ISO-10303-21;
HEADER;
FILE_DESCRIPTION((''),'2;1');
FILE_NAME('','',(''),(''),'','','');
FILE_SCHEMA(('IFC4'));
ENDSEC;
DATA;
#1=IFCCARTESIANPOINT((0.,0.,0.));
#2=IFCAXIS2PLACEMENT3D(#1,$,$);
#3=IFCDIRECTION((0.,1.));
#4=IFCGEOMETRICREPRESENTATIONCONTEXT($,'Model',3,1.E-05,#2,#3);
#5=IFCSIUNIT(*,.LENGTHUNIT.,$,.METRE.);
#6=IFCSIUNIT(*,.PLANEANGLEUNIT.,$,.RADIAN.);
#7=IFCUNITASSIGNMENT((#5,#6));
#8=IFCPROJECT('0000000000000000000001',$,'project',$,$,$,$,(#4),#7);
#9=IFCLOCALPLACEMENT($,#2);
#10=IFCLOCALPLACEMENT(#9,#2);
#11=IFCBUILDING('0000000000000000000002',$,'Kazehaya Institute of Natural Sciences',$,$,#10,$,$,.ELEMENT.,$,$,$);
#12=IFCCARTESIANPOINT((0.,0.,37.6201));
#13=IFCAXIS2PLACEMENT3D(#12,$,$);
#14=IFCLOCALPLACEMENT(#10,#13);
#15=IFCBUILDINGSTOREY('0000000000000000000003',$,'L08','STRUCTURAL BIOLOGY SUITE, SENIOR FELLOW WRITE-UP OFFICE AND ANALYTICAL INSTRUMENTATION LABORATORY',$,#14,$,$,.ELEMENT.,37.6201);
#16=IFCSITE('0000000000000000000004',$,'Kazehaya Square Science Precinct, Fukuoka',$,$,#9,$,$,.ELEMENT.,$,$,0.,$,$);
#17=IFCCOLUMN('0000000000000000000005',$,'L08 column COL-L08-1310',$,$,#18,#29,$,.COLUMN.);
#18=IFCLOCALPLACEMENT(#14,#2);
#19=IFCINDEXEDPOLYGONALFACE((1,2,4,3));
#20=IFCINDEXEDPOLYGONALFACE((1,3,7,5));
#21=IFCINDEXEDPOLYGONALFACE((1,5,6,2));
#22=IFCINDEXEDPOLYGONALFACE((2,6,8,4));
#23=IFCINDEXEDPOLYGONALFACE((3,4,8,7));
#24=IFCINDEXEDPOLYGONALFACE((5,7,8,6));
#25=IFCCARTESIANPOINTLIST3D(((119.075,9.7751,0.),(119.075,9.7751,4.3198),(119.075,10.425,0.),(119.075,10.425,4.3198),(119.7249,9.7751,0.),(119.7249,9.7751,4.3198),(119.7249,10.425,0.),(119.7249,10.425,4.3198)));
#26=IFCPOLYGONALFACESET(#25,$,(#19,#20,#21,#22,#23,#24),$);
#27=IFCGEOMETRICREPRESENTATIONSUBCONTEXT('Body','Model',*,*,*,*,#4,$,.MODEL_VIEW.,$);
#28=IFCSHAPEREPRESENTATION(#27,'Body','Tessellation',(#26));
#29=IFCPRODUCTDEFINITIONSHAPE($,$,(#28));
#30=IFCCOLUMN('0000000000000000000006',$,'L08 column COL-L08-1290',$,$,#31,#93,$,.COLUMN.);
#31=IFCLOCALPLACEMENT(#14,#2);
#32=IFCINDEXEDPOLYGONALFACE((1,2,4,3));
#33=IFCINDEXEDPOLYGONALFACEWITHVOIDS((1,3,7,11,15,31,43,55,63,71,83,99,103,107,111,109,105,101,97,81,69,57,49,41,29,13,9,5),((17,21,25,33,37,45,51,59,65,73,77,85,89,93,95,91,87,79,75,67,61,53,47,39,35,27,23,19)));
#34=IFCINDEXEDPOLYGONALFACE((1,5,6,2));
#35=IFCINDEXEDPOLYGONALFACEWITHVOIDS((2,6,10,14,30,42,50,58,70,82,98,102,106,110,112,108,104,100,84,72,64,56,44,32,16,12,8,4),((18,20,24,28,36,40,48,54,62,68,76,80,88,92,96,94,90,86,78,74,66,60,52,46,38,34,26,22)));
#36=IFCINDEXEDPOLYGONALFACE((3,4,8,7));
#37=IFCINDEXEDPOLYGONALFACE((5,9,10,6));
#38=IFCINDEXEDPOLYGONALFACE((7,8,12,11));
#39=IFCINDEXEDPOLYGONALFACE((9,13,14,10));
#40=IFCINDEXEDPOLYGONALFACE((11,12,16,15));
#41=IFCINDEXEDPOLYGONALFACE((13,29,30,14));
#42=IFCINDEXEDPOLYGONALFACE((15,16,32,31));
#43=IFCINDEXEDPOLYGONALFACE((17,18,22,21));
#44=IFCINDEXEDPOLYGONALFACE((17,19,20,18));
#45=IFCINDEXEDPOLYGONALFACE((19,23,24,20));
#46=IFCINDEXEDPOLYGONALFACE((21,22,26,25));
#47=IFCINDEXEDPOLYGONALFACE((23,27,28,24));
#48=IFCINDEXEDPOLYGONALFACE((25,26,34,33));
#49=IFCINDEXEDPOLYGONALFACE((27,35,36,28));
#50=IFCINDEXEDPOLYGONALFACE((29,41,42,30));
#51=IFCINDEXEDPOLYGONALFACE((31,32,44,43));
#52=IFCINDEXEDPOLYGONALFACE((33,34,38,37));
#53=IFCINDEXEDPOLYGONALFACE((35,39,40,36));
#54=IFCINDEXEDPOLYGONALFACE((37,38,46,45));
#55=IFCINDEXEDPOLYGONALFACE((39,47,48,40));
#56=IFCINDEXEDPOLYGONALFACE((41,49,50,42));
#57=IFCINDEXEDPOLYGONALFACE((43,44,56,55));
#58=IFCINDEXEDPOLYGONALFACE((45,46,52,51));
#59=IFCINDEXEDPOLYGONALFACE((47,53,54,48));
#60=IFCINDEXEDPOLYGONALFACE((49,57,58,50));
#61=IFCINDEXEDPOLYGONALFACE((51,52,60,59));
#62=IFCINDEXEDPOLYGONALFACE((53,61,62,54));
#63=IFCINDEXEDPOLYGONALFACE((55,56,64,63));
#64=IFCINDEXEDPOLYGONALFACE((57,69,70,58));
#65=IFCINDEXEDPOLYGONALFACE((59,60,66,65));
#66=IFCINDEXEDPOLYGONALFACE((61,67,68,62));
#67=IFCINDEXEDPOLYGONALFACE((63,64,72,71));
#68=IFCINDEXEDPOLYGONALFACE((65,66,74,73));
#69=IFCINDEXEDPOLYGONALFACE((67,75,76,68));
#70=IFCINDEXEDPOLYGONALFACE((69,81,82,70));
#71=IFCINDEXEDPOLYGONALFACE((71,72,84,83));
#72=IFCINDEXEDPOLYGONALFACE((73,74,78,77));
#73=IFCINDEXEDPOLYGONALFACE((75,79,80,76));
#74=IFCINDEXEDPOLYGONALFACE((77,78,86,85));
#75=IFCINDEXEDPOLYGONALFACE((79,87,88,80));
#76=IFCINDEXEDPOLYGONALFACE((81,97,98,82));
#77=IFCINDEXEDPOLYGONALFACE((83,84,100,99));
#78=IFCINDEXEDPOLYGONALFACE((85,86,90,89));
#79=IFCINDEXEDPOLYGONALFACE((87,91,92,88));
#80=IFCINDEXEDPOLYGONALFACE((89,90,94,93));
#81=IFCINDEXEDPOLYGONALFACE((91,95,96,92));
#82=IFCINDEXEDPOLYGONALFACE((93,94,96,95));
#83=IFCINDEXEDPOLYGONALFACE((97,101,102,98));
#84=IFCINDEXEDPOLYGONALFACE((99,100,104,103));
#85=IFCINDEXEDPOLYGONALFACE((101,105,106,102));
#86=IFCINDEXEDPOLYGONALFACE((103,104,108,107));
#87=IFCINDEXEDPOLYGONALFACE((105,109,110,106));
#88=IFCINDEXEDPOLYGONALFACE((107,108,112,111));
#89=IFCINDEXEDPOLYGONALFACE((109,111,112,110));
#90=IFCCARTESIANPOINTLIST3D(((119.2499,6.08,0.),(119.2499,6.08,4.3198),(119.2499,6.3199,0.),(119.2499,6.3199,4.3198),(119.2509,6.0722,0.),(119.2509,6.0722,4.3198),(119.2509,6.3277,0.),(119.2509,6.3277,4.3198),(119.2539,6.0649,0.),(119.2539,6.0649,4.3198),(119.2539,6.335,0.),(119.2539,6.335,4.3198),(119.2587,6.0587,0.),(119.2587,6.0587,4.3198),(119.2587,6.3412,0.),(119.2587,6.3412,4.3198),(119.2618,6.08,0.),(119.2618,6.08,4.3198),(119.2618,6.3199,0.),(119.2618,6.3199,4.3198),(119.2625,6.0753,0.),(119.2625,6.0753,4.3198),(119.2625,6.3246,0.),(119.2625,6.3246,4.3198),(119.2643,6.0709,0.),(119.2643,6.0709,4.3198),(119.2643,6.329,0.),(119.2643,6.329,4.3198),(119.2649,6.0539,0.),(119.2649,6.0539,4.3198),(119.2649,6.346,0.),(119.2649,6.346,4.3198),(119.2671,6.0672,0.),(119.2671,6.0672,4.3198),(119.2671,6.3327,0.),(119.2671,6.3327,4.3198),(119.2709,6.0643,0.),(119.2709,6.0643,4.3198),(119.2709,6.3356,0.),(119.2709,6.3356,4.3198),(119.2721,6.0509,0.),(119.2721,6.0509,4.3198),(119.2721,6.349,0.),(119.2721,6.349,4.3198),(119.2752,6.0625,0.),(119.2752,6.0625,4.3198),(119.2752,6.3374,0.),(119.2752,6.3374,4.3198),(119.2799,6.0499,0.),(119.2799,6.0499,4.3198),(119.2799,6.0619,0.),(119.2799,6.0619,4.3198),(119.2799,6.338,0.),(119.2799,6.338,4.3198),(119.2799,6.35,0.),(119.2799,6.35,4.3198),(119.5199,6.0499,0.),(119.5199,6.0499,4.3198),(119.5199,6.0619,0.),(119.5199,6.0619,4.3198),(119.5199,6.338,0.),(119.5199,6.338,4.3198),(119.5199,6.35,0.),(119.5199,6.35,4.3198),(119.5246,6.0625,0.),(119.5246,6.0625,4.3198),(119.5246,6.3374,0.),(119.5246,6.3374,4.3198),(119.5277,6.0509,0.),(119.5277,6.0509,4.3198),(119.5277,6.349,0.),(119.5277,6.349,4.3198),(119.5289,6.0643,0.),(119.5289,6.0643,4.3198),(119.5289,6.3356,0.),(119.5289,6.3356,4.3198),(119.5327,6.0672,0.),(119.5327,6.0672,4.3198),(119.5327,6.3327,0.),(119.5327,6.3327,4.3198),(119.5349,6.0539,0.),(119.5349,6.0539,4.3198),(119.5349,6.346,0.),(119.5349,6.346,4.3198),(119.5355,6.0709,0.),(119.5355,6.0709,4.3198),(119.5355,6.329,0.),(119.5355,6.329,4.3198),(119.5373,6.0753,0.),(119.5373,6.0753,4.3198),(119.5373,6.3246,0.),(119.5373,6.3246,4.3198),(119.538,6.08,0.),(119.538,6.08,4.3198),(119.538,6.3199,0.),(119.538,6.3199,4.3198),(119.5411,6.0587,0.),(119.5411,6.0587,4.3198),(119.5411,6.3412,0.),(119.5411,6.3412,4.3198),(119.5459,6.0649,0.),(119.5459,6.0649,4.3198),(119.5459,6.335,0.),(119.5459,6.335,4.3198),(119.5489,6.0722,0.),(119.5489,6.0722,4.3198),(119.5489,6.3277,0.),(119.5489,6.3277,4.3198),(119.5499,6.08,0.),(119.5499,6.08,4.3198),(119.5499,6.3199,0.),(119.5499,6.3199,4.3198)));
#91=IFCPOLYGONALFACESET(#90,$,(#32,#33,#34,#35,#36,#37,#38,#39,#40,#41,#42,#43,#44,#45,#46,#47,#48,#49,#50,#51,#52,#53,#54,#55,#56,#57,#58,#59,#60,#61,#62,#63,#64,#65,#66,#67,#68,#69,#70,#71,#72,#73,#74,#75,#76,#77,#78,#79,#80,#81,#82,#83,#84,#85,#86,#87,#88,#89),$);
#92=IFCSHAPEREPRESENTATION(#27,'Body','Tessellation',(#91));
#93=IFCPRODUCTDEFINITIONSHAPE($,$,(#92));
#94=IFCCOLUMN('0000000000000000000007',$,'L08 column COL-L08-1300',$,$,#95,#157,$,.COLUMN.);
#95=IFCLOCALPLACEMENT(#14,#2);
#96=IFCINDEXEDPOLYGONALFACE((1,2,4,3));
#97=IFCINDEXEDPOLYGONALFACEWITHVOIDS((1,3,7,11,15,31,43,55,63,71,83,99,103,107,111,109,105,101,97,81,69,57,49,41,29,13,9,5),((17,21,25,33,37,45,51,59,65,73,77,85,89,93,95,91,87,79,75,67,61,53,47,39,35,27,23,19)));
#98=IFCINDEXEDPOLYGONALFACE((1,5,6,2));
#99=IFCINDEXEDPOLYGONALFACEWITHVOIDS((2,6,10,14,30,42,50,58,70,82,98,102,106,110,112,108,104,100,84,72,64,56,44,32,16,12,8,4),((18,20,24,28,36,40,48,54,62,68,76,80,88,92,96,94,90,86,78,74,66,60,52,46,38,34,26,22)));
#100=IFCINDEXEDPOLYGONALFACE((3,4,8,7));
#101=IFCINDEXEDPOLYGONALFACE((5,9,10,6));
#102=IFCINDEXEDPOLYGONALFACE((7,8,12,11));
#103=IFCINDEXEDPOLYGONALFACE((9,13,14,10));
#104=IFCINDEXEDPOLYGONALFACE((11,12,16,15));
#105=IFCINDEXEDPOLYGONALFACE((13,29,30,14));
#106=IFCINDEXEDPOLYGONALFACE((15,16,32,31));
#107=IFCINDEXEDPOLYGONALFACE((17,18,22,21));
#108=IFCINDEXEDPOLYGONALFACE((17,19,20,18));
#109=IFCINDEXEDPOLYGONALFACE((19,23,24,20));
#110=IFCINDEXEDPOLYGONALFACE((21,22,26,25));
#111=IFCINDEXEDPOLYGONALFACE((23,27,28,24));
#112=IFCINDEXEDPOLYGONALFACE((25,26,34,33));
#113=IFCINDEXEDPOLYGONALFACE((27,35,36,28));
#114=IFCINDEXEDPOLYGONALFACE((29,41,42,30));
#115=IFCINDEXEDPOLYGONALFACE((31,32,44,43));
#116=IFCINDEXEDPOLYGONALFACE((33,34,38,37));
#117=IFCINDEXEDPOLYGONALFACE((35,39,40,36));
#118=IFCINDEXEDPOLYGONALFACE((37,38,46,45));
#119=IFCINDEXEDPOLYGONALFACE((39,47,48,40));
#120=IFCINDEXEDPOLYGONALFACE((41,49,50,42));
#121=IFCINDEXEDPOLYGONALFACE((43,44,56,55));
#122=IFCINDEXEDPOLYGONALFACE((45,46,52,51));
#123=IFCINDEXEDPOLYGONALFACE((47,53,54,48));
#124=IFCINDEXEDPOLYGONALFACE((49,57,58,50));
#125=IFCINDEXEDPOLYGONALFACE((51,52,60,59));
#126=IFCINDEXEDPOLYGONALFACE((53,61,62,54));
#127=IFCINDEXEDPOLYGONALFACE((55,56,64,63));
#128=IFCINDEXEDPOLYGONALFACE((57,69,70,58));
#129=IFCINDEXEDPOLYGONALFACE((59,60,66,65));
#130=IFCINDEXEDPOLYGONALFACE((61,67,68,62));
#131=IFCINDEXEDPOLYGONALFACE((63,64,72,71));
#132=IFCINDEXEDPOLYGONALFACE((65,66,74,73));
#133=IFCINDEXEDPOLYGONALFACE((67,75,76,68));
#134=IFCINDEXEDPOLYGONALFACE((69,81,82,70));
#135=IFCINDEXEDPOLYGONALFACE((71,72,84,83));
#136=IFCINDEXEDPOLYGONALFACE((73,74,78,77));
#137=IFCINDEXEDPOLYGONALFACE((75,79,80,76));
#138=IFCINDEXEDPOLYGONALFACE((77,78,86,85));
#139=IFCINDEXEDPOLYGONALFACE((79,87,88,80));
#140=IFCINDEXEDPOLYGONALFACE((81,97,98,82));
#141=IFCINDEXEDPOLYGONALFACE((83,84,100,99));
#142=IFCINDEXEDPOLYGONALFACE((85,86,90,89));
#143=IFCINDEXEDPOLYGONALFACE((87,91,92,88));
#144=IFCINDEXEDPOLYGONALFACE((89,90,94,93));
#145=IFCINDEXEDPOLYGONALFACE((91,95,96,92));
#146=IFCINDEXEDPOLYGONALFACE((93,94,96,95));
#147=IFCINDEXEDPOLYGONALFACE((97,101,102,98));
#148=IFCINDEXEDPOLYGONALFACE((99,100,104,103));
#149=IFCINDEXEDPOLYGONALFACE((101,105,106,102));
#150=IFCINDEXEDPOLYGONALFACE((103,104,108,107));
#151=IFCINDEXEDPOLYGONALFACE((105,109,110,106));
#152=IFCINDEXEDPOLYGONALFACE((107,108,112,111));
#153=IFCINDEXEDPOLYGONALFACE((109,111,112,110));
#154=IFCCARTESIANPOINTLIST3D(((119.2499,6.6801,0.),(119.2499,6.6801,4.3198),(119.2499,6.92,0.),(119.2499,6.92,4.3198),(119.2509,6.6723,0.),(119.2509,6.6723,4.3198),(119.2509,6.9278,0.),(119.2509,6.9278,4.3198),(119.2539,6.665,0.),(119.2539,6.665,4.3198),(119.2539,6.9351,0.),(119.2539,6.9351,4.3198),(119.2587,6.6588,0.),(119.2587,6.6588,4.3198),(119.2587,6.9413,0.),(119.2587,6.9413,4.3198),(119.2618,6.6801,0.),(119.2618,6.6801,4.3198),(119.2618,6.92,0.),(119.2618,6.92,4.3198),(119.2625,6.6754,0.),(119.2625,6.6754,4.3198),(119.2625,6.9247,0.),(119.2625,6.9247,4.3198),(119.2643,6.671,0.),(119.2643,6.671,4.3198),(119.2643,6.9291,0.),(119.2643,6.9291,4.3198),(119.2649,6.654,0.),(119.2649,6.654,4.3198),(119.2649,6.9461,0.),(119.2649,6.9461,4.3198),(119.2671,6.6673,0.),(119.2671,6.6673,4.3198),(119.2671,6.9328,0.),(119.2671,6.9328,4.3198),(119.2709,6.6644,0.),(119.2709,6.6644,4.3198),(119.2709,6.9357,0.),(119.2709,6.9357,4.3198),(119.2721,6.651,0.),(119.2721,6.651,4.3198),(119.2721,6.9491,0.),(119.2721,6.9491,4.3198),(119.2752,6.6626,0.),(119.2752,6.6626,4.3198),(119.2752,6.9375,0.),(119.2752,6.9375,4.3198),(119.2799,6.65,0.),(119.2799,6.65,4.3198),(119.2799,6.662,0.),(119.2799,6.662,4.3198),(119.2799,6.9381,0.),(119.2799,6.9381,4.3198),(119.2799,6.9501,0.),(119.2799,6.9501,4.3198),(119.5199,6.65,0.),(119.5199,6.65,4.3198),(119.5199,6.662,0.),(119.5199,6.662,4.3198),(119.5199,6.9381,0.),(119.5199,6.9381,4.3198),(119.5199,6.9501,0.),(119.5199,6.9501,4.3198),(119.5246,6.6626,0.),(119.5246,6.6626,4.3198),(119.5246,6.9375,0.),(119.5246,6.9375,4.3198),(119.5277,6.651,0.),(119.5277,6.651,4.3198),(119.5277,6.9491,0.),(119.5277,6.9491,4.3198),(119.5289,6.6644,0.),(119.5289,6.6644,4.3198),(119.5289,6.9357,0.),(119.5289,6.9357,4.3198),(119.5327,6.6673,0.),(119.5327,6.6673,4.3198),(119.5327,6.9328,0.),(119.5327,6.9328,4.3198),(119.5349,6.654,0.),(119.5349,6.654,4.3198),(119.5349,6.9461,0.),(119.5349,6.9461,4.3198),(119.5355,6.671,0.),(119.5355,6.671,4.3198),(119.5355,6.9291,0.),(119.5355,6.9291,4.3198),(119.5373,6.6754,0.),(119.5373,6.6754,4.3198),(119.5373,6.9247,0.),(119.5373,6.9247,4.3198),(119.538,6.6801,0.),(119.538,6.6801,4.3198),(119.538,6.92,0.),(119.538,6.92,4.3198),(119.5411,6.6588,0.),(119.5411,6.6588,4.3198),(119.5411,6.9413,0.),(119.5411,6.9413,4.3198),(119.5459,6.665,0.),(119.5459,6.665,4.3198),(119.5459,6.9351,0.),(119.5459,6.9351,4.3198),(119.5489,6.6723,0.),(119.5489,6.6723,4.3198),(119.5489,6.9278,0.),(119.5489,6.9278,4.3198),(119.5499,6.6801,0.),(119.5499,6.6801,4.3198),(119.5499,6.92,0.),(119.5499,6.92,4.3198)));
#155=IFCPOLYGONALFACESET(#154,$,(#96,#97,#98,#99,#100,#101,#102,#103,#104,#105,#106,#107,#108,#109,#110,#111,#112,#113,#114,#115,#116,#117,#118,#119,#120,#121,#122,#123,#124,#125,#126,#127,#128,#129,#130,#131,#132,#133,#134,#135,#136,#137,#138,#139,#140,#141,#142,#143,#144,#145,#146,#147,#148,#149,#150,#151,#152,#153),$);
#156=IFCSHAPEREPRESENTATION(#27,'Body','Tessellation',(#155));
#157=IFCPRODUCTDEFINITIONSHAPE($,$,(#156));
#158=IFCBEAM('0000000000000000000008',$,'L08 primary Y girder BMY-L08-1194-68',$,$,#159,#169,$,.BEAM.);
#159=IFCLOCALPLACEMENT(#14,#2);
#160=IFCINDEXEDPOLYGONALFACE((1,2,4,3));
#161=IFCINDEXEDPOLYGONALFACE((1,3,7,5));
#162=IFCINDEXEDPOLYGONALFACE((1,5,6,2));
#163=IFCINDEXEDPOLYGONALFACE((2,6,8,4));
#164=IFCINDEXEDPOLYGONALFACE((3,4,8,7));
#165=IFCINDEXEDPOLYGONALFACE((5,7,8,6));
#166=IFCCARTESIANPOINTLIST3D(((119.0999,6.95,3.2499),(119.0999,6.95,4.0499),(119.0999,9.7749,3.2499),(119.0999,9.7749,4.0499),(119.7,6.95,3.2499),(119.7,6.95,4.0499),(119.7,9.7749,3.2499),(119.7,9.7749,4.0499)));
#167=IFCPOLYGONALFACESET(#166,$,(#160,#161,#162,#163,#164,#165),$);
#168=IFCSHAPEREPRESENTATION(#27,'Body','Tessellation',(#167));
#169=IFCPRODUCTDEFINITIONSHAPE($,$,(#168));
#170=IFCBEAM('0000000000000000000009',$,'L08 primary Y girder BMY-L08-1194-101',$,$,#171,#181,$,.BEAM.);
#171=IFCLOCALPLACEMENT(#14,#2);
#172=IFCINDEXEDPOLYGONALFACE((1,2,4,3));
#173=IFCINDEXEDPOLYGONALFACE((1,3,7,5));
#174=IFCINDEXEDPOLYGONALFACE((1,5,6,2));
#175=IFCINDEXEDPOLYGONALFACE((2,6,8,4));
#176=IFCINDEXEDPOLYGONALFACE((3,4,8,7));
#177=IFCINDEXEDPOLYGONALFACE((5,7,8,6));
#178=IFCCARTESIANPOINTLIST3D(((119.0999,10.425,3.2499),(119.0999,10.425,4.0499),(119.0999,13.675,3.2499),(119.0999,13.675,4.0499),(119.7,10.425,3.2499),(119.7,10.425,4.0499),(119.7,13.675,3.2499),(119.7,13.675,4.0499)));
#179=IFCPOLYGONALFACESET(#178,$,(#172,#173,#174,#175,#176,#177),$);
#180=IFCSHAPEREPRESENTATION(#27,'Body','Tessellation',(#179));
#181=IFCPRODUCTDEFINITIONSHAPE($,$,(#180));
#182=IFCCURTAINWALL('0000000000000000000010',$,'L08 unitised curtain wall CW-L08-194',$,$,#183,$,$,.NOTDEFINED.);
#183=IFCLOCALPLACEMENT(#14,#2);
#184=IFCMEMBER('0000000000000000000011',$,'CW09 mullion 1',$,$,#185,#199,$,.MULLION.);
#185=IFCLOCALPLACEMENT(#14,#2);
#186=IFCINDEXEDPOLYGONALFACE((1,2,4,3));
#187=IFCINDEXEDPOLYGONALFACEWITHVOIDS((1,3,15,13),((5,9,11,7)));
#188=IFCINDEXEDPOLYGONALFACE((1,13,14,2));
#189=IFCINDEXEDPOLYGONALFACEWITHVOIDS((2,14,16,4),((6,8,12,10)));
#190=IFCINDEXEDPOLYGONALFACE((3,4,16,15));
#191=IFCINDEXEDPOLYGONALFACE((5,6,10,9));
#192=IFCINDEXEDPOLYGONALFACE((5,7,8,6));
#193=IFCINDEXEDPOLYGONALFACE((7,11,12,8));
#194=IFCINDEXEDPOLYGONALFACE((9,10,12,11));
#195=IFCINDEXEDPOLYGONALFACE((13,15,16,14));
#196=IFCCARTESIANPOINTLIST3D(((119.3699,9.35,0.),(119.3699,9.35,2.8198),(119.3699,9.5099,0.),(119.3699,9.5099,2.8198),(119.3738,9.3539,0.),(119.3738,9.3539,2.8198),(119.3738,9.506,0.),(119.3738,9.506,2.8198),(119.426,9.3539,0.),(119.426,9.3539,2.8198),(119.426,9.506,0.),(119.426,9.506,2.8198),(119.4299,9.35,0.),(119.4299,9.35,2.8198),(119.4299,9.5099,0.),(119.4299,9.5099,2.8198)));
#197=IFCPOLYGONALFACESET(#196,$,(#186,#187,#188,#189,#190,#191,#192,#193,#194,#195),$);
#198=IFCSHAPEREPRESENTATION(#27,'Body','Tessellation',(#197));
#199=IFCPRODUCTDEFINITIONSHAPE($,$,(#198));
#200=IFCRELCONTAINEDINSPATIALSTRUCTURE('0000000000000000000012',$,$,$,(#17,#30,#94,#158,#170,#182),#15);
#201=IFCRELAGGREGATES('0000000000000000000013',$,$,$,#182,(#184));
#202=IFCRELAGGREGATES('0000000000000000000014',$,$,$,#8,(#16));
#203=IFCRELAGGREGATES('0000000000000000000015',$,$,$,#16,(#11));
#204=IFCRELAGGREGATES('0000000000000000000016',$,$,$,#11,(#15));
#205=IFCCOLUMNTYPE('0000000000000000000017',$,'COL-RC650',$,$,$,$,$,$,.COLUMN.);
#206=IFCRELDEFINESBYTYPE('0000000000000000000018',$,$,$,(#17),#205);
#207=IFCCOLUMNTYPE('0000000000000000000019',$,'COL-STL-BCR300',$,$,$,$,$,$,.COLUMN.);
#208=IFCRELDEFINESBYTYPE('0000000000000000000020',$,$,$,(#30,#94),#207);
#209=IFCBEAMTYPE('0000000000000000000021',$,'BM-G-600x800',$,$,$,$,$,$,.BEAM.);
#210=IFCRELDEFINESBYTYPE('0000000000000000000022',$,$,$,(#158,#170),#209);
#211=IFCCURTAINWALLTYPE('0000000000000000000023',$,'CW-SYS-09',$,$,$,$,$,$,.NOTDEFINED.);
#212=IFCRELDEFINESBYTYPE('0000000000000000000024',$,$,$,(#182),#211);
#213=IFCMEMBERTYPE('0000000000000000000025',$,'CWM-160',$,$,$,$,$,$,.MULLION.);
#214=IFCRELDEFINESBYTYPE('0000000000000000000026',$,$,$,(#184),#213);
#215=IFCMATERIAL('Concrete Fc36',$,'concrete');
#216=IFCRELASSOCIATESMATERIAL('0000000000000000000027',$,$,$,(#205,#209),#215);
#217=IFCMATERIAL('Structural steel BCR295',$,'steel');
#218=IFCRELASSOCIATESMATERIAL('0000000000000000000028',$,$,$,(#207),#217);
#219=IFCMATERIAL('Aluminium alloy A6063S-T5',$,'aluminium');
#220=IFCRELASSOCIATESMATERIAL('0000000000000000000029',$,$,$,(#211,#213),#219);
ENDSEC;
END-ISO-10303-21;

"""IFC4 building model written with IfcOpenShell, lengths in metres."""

from ifc_helpers import new_model, si_unit, direction, frame, origin, origin_2d, place, context, subcontext, project, spatial, rectangle, hollow_rectangle, extrude, material, material_profile, profile_set, type_object, element, aggregate, save


model = new_model("IFC4")

# Units and contexts
model_context = context("Model", 3, precision=1e-05, world=origin(), true_north=direction((0.0, 1.0)))
body_context = subcontext(model_context, "Body", "Model", "MODEL_VIEW")
ifc_project = project(units=[si_unit("LENGTHUNIT", "METRE"), si_unit("PLANEANGLEUNIT", "RADIAN")], contexts=[model_context])

# Site, building, storey
site_placement = place(None, origin())
site = spatial("IfcSite", under=ifc_project, at=site_placement, Name="Kazehaya Square Science Precinct, Fukuoka", CompositionType="ELEMENT", RefElevation=0.0)
building_placement = place(site_placement, origin())
building = spatial("IfcBuilding", under=site, at=building_placement, Name="Kazehaya Institute of Natural Sciences", CompositionType="ELEMENT")
storey_placement = place(building_placement, frame((0.0, 0.0, 37.6201)))
storey = spatial("IfcBuildingStorey", under=building, at=storey_placement, Name="L08", Description="STRUCTURAL BIOLOGY SUITE, SENIOR FELLOW WRITE-UP OFFICE AND ANALYTICAL INSTRUMENTATION LABORATORY", CompositionType="ELEMENT", Elevation=37.6201)

# Columns
ifc_material_1 = material(Name="Concrete Fc36", Category="concrete")
ifc_material_profile_1 = material_profile(ifc_material_1, rectangle(XDim=0.6499, YDim=0.6499, at=origin_2d()), Name="RC-650x650")
ifc_profile_set_1 = profile_set([ifc_material_profile_1], Name="Concrete Fc36")
column_type_1 = type_object("IfcColumnType", Name="COL-RC650", PredefinedType="COLUMN", material=ifc_profile_set_1)
column_placement = place(storey_placement, frame((119.3999, 10.1001, 0.0), z_axis=(0.0, 0.0, 1.0), x_axis=(1.0, 0.0, 0.0)))
element("IfcColumn", 1, at=column_placement, inside=storey, type_object=column_type_1, Name="L08 column COL-L08-1310", PredefinedType="COLUMN", context=body_context, shape_type="SweptSolid", body=[
    extrude(rectangle(XDim=0.6499, YDim=0.6499, at=origin_2d()), origin(), (0.0, 0.0, 1.0), 4.3198),
])
ifc_material_2 = material(Name="Structural steel BCR295", Category="steel")
ifc_material_profile_2 = material_profile(ifc_material_2, hollow_rectangle(XDim=0.3, YDim=0.3, WallThickness=0.012, InnerFilletRadius=0.0181, OuterFilletRadius=0.03, at=origin_2d()), Name="BCR-300x300x12")
ifc_profile_set_2 = profile_set([ifc_material_profile_2], Name="Structural steel BCR295")
column_type_2 = type_object("IfcColumnType", Name="COL-STL-BCR300", PredefinedType="COLUMN", material=ifc_profile_set_2)
for number, where, z_axis, x_axis, name in (
    (2, (119.3999, 6.2, 0.0), (0.0, 0.0, 1.0), (1.0, 0.0, 0.0), "L08 column COL-L08-1290"),
    (3, (119.3999, 6.8, 0.0), (0.0, 0.0, 1.0), (1.0, 0.0, 0.0), "L08 column COL-L08-1300"),
):
    element("IfcColumn", number, at=place(storey_placement, frame(where, z_axis=z_axis, x_axis=x_axis)), inside=storey, type_object=column_type_2, Name=name, PredefinedType="COLUMN", context=body_context, shape_type="SweptSolid", body=[
        extrude(hollow_rectangle(XDim=0.3, YDim=0.3, WallThickness=0.012, InnerFilletRadius=0.0181, OuterFilletRadius=0.03, at=origin_2d()), origin(), (0.0, 0.0, 1.0), 4.3198),
    ])

# Beams
ifc_material_profile_3 = material_profile(ifc_material_1, rectangle(XDim=0.6001, YDim=0.8, at=origin_2d()), Name="RC-600x800")
ifc_profile_set_3 = profile_set([ifc_material_profile_3], Name="Concrete Fc36")
beam_type = type_object("IfcBeamType", Name="BM-G-600x800", PredefinedType="BEAM", material=ifc_profile_set_3)
beam_1_placement = place(storey_placement, frame((119.3999, 6.95, 3.6499), z_axis=(0.0, 1.0, 0.0), x_axis=(-1.0, 0.0, 0.0)))
element("IfcBeam", 4, at=beam_1_placement, inside=storey, type_object=beam_type, Name="L08 primary Y girder BMY-L08-1194-68", PredefinedType="BEAM", context=body_context, shape_type="SweptSolid", body=[
    extrude(rectangle(XDim=0.6001, YDim=0.8, at=origin_2d()), origin(), (0.0, 0.0, 1.0), 2.825),
])
beam_2_placement = place(storey_placement, frame((119.3999, 10.425, 3.6499), z_axis=(0.0, 1.0, 0.0), x_axis=(-1.0, 0.0, 0.0)))
element("IfcBeam", 5, at=beam_2_placement, inside=storey, type_object=beam_type, Name="L08 primary Y girder BMY-L08-1194-101", PredefinedType="BEAM", context=body_context, shape_type="SweptSolid", body=[
    extrude(rectangle(XDim=0.6001, YDim=0.8, at=origin_2d()), origin(), (0.0, 0.0, 1.0), 3.25),
])

# Curtain wall, member
ifc_material_3 = material(Name="Aluminium alloy A6063S-T5", Category="aluminium")
curtain_wall_type_1 = type_object("IfcCurtainWallType", Name="CW-SYS-09", PredefinedType="NOTDEFINED", material=ifc_material_3)
curtain_wall_1_placement = place(storey_placement, origin())
curtain_wall_1 = element("IfcCurtainWall", 6, at=curtain_wall_1_placement, inside=storey, type_object=curtain_wall_type_1, Name="L08 unitised curtain wall CW-L08-194", PredefinedType="NOTDEFINED")
ifc_material_profile_4 = material_profile(ifc_material_3, hollow_rectangle(XDim=0.0601, YDim=0.1599, WallThickness=0.0039, at=origin_2d()), Name="ALU-60x160x4")
ifc_profile_set_4 = profile_set([ifc_material_profile_4], Name="Aluminium alloy A6063S-T5")
member_type_1 = type_object("IfcMemberType", Name="CWM-160", PredefinedType="MULLION", material=ifc_profile_set_4)
member_1_placement = place(storey_placement, frame((119.3999, 9.4299, 0.0), z_axis=(0.0, 0.0, 1.0), x_axis=(1.0, 0.0, 0.0)))
member_1 = element("IfcMember", 7, at=member_1_placement, type_object=member_type_1, Name="CW09 mullion 1", PredefinedType="MULLION", context=body_context, shape_type="SweptSolid", body=[
    extrude(hollow_rectangle(XDim=0.0601, YDim=0.1599, WallThickness=0.0039, at=origin_2d()), origin(), (0.0, 0.0, 1.0), 2.8198),
])

aggregate(curtain_wall_1, [member_1])

save(model, "model.ifc")
